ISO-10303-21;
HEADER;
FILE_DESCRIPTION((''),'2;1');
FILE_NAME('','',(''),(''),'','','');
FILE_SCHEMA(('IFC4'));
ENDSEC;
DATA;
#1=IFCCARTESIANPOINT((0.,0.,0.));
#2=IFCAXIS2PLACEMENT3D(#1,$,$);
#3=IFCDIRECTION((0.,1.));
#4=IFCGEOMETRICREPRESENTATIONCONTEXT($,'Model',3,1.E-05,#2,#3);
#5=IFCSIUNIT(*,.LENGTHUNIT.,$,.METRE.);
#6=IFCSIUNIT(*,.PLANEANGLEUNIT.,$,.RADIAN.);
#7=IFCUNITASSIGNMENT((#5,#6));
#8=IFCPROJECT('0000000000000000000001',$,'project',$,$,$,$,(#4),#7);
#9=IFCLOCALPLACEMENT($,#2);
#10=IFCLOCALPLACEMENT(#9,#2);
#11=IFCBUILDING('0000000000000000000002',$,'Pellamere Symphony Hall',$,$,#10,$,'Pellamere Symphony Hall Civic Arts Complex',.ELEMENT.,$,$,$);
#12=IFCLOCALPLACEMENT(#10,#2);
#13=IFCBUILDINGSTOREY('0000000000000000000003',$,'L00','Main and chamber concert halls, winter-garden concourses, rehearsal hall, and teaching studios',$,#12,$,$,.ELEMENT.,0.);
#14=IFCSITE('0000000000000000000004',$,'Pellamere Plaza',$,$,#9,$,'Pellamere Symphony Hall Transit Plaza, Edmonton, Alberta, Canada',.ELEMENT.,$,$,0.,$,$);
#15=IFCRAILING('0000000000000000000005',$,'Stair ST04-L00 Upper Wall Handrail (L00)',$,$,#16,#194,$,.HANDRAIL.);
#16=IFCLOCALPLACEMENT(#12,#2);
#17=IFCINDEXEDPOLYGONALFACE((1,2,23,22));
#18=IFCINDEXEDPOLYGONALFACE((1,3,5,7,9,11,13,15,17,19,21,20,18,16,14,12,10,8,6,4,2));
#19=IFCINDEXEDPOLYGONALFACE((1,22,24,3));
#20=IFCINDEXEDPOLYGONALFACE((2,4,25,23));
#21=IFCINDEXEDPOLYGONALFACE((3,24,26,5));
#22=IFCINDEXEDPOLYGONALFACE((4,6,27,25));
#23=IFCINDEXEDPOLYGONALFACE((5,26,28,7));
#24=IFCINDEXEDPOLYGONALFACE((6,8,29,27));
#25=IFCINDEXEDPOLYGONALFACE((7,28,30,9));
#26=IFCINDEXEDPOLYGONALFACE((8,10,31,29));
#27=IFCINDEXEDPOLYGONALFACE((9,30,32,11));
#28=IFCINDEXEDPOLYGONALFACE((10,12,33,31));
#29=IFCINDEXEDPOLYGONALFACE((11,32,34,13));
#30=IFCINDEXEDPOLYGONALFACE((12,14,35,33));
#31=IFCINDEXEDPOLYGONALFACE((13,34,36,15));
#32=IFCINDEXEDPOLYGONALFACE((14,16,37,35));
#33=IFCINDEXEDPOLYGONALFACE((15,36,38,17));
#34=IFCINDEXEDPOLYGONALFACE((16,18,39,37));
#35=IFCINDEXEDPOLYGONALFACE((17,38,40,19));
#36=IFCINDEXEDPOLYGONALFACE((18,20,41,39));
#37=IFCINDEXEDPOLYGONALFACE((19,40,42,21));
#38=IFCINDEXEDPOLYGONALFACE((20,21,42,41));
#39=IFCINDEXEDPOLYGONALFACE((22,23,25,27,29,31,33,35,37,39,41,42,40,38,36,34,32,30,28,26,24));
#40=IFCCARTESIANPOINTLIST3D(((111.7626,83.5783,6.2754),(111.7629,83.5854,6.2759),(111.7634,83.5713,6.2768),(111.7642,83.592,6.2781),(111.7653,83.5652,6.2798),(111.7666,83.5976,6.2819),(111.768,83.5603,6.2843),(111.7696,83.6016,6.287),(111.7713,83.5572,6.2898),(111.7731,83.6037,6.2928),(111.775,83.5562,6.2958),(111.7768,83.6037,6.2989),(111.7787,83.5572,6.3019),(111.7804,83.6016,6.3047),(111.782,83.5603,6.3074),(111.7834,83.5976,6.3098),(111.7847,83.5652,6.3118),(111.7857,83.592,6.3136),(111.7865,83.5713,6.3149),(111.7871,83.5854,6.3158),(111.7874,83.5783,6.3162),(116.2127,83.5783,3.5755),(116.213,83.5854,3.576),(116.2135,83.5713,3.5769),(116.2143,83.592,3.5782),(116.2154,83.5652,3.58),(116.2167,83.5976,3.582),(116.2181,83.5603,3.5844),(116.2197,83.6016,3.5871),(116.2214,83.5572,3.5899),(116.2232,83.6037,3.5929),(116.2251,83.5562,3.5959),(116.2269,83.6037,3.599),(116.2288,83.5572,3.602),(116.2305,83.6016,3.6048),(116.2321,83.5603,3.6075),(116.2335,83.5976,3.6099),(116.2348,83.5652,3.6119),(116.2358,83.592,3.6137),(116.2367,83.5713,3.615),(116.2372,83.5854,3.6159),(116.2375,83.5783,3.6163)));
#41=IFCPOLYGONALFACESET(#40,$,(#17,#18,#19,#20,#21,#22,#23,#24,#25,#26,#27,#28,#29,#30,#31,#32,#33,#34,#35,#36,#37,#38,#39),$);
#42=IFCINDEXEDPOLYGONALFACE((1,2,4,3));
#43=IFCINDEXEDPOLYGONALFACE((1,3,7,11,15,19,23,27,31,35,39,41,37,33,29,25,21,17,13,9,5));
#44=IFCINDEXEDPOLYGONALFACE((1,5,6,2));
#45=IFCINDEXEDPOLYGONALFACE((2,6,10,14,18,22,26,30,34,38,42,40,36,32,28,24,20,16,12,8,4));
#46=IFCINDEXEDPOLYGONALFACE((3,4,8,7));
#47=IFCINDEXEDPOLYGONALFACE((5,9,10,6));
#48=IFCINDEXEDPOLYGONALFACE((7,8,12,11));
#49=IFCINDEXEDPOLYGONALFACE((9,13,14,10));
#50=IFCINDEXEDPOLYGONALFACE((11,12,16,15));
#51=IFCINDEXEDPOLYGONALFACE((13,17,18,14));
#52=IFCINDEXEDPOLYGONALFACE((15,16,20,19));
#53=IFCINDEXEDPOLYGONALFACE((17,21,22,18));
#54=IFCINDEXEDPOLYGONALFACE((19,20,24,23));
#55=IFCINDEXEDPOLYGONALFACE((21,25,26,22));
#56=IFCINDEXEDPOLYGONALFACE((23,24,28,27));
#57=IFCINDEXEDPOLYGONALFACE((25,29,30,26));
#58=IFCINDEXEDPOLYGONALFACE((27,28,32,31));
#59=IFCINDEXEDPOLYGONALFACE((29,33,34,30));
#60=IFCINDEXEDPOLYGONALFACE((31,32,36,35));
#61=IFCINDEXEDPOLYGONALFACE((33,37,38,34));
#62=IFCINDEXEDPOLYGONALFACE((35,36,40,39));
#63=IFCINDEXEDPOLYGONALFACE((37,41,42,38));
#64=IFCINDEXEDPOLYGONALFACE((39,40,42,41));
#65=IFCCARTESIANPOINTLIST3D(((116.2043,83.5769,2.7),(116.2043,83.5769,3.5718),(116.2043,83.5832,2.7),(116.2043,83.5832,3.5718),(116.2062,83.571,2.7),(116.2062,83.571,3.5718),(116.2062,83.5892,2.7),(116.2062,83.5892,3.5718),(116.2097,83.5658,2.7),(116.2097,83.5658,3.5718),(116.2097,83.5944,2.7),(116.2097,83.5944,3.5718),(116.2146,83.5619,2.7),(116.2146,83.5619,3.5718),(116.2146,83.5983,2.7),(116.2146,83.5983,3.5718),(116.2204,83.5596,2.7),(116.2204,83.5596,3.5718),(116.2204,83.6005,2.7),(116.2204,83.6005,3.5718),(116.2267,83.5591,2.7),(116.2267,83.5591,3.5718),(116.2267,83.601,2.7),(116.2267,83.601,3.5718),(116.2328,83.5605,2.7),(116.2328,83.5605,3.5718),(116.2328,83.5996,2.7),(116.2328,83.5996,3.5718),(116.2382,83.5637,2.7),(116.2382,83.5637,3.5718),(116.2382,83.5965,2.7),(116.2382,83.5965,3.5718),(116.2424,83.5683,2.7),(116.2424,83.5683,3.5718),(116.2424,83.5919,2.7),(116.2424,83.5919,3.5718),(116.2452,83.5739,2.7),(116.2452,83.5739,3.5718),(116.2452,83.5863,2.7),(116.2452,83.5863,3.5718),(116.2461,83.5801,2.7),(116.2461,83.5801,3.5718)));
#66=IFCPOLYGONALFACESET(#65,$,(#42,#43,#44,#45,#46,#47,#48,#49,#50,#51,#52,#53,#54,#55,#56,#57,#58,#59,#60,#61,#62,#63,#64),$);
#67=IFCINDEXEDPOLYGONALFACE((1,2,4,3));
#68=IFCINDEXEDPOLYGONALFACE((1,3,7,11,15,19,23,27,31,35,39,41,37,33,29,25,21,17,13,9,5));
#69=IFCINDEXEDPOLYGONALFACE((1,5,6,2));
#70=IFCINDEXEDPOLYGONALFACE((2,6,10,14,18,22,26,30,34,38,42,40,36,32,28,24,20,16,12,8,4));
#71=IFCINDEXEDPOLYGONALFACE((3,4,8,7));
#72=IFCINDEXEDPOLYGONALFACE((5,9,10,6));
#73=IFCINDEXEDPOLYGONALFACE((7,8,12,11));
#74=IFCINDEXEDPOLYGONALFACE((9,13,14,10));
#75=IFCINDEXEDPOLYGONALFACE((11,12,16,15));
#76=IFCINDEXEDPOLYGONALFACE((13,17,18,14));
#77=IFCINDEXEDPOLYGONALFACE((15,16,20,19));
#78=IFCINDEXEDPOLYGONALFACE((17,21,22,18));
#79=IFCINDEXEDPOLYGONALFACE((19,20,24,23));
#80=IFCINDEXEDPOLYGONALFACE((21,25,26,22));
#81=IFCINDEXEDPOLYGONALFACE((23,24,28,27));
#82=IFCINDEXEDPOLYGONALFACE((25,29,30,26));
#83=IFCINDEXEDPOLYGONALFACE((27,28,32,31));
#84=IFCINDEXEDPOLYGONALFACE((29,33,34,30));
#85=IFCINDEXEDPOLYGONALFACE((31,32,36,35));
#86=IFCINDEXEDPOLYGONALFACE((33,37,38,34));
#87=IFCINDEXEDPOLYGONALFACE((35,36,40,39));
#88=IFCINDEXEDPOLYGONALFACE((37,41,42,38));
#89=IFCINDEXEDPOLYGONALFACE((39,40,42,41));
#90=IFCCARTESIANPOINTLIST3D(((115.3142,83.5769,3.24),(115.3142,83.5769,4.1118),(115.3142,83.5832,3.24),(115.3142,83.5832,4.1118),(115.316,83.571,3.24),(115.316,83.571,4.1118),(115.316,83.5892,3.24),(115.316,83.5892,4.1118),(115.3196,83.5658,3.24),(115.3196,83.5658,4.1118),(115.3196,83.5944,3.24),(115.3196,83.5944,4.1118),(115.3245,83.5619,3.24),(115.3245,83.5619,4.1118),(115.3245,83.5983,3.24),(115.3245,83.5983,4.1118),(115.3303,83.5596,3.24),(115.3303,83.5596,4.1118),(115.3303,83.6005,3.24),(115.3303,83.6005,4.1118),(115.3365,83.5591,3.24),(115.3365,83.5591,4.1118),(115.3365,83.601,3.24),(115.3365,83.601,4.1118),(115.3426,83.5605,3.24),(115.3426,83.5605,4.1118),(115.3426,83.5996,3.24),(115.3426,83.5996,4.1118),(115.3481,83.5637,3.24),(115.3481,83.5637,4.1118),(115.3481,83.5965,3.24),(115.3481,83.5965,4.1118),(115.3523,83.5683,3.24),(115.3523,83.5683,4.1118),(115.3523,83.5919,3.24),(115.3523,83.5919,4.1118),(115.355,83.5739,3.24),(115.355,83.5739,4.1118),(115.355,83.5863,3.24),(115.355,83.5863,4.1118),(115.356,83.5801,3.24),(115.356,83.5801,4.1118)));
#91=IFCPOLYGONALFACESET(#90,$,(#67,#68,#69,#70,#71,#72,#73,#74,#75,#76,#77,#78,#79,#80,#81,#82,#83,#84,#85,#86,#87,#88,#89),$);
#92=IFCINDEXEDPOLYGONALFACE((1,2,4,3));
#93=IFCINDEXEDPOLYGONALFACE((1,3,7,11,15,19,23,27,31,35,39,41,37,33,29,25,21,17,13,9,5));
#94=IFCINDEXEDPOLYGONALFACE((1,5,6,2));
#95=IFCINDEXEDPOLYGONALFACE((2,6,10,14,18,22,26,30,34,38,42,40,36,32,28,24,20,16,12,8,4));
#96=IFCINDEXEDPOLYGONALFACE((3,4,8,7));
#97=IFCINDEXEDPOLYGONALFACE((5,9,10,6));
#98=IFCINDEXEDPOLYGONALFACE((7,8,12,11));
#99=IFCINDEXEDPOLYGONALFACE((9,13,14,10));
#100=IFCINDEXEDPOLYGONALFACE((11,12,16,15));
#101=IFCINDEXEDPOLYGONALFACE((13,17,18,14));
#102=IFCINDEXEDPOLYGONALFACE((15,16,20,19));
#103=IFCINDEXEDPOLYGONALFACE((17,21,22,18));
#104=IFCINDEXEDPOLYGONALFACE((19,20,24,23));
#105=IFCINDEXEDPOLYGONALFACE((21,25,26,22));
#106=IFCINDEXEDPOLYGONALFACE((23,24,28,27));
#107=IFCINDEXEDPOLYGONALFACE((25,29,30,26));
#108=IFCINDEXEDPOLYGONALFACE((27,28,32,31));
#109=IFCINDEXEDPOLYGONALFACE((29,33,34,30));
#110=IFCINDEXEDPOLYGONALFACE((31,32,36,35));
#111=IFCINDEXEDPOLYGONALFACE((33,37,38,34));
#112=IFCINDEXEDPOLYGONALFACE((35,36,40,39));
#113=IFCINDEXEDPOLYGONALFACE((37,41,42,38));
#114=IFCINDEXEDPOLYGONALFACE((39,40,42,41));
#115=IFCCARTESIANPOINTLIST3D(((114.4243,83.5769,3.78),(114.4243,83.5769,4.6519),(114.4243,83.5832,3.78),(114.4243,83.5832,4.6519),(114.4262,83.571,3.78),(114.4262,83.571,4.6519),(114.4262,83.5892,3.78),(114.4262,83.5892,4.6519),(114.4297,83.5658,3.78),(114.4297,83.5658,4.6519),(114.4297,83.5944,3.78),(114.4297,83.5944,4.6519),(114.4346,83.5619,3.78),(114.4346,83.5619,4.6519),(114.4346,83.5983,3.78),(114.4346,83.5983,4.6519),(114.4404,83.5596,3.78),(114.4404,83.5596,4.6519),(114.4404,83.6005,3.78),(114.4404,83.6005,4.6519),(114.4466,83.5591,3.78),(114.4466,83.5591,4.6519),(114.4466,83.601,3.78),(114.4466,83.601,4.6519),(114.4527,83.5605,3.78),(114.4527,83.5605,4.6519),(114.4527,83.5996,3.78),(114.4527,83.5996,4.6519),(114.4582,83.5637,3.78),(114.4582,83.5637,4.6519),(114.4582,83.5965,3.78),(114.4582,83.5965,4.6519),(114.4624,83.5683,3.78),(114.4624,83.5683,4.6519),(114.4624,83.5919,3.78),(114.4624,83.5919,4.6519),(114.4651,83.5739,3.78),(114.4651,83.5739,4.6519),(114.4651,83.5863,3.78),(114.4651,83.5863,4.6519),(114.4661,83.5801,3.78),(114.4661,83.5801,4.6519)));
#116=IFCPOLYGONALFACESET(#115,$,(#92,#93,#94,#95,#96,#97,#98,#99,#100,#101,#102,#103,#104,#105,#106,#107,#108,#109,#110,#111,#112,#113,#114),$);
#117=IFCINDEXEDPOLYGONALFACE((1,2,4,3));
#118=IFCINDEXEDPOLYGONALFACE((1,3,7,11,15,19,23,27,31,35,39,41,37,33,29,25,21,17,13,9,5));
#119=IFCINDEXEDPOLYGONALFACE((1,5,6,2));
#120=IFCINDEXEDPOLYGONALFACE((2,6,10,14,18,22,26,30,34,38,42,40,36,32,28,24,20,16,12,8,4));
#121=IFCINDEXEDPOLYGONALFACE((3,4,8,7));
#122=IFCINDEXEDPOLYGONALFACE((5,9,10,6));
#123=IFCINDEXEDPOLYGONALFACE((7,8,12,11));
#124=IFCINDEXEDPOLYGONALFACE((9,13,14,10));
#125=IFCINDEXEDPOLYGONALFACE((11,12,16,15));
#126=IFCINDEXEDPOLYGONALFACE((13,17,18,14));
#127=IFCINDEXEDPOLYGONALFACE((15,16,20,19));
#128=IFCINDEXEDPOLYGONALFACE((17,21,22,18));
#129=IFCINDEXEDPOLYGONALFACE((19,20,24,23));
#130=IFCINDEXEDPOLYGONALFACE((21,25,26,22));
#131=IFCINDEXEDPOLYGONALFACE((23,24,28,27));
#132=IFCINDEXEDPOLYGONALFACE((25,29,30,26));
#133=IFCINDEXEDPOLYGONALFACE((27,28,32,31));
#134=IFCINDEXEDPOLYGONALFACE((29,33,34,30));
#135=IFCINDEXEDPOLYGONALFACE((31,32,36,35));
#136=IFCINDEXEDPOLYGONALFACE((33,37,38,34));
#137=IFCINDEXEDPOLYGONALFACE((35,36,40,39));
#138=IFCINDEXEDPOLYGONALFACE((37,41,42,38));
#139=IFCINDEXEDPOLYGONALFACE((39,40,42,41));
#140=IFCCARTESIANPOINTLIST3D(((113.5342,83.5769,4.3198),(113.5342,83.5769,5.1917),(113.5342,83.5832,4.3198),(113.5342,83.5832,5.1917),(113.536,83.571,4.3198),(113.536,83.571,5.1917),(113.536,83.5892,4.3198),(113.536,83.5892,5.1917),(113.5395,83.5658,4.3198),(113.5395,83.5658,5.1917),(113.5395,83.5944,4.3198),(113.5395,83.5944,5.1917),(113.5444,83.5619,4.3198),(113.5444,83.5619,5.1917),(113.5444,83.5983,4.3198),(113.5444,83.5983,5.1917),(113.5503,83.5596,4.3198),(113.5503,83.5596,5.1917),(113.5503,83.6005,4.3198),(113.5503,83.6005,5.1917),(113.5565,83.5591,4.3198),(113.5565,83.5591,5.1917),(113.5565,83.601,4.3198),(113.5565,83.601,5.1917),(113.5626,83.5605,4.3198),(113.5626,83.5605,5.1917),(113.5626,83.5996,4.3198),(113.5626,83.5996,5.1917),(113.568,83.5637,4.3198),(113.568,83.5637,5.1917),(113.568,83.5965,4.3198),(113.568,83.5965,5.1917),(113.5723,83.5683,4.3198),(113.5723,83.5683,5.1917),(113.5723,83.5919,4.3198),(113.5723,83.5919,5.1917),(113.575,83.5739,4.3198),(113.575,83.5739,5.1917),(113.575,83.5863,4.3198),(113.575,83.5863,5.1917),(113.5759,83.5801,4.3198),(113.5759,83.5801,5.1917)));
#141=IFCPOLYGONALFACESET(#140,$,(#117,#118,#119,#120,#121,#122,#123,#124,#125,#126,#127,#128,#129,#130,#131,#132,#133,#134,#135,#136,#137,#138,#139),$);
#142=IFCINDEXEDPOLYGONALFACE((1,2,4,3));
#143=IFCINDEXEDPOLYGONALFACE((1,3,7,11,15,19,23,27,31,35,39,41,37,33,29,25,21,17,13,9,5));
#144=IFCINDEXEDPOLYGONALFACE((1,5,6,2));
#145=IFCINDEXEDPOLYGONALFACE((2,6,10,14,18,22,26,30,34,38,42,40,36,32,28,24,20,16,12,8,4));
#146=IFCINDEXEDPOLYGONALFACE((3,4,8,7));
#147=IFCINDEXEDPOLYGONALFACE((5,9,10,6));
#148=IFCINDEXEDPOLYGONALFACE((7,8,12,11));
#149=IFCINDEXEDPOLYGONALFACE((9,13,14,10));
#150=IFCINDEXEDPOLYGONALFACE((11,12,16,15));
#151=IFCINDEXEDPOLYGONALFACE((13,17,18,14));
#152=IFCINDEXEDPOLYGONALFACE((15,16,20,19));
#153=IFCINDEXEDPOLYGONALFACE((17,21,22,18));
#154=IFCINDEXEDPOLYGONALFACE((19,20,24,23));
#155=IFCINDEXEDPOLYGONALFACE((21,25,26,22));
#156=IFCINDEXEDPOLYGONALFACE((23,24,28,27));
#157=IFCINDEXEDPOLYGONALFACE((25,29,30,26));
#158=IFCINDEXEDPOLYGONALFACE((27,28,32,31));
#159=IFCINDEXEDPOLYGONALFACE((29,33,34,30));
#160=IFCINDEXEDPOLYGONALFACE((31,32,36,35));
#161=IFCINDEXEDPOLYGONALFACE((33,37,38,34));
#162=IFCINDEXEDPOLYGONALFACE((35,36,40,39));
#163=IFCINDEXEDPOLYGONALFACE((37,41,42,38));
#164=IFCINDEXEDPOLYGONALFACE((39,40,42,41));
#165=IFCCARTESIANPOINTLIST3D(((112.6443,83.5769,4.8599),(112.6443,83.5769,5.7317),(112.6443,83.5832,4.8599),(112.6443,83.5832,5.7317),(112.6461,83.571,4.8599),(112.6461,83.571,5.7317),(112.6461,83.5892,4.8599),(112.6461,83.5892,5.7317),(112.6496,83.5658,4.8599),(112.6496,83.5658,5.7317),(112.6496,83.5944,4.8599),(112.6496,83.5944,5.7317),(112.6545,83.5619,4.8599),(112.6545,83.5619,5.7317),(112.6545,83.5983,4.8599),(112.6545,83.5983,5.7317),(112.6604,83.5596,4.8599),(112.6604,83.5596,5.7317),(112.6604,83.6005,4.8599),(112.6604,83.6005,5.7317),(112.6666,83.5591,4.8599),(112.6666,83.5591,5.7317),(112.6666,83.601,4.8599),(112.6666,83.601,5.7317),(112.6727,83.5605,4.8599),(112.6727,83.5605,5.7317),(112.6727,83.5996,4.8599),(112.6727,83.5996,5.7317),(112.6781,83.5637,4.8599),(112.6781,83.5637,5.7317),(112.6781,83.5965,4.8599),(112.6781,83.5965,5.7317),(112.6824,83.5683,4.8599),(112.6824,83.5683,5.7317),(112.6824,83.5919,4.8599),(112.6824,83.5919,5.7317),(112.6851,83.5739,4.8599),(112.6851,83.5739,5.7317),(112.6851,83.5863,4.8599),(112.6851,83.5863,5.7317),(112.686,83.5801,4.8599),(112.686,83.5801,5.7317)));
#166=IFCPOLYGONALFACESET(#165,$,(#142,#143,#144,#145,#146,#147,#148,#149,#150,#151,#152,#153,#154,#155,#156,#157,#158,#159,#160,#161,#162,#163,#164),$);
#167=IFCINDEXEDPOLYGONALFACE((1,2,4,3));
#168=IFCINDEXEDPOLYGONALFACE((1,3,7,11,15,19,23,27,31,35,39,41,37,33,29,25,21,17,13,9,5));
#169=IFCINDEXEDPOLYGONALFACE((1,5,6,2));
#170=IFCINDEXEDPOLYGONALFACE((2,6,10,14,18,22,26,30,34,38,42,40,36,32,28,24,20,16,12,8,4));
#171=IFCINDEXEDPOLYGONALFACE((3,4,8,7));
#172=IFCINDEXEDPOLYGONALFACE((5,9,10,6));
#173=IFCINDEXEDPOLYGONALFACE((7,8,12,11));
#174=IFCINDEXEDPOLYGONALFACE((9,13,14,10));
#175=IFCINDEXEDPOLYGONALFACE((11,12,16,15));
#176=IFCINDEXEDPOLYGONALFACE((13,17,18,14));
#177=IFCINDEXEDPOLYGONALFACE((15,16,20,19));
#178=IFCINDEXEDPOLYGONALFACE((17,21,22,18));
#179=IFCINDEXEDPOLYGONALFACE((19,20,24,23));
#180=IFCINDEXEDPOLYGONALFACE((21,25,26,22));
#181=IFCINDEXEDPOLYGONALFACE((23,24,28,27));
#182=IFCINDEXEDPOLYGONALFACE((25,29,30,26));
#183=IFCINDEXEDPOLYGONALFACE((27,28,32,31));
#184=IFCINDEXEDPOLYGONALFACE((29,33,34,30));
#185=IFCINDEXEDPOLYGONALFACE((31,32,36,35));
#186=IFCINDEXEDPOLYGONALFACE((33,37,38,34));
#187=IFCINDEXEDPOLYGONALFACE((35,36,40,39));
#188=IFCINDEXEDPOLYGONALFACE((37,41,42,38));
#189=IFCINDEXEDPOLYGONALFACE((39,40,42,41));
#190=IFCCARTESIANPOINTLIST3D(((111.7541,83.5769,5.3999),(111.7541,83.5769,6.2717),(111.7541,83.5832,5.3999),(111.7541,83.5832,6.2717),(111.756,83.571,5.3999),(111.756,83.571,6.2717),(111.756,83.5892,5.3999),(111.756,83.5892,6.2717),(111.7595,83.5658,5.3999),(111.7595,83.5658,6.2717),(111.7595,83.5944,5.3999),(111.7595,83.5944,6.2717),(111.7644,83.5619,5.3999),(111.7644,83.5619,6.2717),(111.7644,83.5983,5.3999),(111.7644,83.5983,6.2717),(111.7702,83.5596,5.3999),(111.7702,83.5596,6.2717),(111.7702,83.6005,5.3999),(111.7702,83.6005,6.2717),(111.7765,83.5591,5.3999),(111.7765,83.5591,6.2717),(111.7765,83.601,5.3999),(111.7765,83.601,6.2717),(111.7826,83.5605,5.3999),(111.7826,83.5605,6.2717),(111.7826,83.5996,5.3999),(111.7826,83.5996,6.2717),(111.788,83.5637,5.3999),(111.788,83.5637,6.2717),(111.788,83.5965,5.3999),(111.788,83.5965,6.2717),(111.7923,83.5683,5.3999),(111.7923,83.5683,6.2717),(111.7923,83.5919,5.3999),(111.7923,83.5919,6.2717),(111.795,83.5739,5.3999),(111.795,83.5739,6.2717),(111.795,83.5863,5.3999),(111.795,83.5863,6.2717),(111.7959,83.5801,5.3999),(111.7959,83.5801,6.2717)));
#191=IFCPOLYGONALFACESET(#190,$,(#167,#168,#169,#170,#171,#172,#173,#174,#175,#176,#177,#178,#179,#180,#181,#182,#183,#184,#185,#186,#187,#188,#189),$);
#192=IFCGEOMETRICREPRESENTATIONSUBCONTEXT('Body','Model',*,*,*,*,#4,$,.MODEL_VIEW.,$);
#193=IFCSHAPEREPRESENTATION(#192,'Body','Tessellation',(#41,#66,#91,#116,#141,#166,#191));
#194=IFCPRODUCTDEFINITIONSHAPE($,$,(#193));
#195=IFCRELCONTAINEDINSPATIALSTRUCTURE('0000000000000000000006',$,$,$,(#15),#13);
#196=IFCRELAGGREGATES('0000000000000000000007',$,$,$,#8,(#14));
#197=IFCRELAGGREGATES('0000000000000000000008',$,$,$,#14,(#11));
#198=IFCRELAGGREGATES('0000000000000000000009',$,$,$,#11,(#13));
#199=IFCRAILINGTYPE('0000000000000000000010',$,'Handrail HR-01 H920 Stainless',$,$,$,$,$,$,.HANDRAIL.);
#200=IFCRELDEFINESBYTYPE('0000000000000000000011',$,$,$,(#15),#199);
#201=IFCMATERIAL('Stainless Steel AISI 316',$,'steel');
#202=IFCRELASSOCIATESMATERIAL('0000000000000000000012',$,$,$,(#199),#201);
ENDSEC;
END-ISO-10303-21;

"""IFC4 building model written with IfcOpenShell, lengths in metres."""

from ifc_helpers import new_model, si_unit, direction, frame, origin, origin_2d, place, context, subcontext, project, spatial, circle, extrude, material, type_object, element, save


model = new_model("IFC4")

# Units and contexts
model_context = context("Model", 3, precision=1e-05, world=origin(), true_north=direction((0.0, 1.0)))
body_context = subcontext(model_context, "Body", "Model", "MODEL_VIEW")
ifc_project = project(units=[si_unit("LENGTHUNIT", "METRE"), si_unit("PLANEANGLEUNIT", "RADIAN")], contexts=[model_context])

# Site, building, storey
site_placement = place(None, origin())
site = spatial("IfcSite", under=ifc_project, at=site_placement, Name="Pellamere Plaza", LongName="Pellamere Symphony Hall Transit Plaza, Edmonton, Alberta, Canada", CompositionType="ELEMENT", RefElevation=0.0)
building_placement = place(site_placement, origin())
building = spatial("IfcBuilding", under=site, at=building_placement, Name="Pellamere Symphony Hall", LongName="Pellamere Symphony Hall Civic Arts Complex", CompositionType="ELEMENT")
storey_placement = place(building_placement, origin())
storey = spatial("IfcBuildingStorey", under=building, at=storey_placement, Name="L00", Description="Main and chamber concert halls, winter-garden concourses, rehearsal hall, and teaching studios", CompositionType="ELEMENT", Elevation=0.0)

# Railing
ifc_material_1 = material(Name="Stainless Steel AISI 316", Category="steel")
railing_type = type_object("IfcRailingType", Name="Handrail HR-01 H920 Stainless", PredefinedType="HANDRAIL", material=ifc_material_1)
railing_placement = place(storey_placement, frame((116.2251, 83.5801, 2.7)))
element("IfcRailing", 1, at=railing_placement, inside=storey, type_object=railing_type, Name="Stair ST04-L00 Upper Wall Handrail (L00)", PredefinedType="HANDRAIL", context=body_context, shape_type="SweptSolid", body=[
    extrude(circle(Radius=0.0239, at=origin_2d()), frame((0.0, 0.0, 0.896), z_axis=(-0.854954, 0.0, 0.518704), x_axis=(0.0, -1.0, 0.0)), (0.0, 0.0, 1.0), 5.2051),
    extrude(circle(Radius=0.021, at=origin_2d()), origin(), (0.0, 0.0, 1.0), 0.8718),
    extrude(circle(Radius=0.021, at=origin_2d()), frame((-0.8901, 0.0, 0.54)), (0.0, 0.0, 1.0), 0.8718),
    extrude(circle(Radius=0.021, at=origin_2d()), frame((-1.78, 0.0, 1.0801)), (0.0, 0.0, 1.0), 0.8718),
    extrude(circle(Radius=0.021, at=origin_2d()), frame((-2.6702, 0.0, 1.6199)), (0.0, 0.0, 1.0), 0.8718),
    extrude(circle(Radius=0.021, at=origin_2d()), frame((-3.5601, 0.0, 2.1599)), (0.0, 0.0, 1.0), 0.8718),
    extrude(circle(Radius=0.021, at=origin_2d()), frame((-4.4502, 0.0, 2.7)), (0.0, 0.0, 1.0), 0.8718),
])

save(model, "model.ifc")
